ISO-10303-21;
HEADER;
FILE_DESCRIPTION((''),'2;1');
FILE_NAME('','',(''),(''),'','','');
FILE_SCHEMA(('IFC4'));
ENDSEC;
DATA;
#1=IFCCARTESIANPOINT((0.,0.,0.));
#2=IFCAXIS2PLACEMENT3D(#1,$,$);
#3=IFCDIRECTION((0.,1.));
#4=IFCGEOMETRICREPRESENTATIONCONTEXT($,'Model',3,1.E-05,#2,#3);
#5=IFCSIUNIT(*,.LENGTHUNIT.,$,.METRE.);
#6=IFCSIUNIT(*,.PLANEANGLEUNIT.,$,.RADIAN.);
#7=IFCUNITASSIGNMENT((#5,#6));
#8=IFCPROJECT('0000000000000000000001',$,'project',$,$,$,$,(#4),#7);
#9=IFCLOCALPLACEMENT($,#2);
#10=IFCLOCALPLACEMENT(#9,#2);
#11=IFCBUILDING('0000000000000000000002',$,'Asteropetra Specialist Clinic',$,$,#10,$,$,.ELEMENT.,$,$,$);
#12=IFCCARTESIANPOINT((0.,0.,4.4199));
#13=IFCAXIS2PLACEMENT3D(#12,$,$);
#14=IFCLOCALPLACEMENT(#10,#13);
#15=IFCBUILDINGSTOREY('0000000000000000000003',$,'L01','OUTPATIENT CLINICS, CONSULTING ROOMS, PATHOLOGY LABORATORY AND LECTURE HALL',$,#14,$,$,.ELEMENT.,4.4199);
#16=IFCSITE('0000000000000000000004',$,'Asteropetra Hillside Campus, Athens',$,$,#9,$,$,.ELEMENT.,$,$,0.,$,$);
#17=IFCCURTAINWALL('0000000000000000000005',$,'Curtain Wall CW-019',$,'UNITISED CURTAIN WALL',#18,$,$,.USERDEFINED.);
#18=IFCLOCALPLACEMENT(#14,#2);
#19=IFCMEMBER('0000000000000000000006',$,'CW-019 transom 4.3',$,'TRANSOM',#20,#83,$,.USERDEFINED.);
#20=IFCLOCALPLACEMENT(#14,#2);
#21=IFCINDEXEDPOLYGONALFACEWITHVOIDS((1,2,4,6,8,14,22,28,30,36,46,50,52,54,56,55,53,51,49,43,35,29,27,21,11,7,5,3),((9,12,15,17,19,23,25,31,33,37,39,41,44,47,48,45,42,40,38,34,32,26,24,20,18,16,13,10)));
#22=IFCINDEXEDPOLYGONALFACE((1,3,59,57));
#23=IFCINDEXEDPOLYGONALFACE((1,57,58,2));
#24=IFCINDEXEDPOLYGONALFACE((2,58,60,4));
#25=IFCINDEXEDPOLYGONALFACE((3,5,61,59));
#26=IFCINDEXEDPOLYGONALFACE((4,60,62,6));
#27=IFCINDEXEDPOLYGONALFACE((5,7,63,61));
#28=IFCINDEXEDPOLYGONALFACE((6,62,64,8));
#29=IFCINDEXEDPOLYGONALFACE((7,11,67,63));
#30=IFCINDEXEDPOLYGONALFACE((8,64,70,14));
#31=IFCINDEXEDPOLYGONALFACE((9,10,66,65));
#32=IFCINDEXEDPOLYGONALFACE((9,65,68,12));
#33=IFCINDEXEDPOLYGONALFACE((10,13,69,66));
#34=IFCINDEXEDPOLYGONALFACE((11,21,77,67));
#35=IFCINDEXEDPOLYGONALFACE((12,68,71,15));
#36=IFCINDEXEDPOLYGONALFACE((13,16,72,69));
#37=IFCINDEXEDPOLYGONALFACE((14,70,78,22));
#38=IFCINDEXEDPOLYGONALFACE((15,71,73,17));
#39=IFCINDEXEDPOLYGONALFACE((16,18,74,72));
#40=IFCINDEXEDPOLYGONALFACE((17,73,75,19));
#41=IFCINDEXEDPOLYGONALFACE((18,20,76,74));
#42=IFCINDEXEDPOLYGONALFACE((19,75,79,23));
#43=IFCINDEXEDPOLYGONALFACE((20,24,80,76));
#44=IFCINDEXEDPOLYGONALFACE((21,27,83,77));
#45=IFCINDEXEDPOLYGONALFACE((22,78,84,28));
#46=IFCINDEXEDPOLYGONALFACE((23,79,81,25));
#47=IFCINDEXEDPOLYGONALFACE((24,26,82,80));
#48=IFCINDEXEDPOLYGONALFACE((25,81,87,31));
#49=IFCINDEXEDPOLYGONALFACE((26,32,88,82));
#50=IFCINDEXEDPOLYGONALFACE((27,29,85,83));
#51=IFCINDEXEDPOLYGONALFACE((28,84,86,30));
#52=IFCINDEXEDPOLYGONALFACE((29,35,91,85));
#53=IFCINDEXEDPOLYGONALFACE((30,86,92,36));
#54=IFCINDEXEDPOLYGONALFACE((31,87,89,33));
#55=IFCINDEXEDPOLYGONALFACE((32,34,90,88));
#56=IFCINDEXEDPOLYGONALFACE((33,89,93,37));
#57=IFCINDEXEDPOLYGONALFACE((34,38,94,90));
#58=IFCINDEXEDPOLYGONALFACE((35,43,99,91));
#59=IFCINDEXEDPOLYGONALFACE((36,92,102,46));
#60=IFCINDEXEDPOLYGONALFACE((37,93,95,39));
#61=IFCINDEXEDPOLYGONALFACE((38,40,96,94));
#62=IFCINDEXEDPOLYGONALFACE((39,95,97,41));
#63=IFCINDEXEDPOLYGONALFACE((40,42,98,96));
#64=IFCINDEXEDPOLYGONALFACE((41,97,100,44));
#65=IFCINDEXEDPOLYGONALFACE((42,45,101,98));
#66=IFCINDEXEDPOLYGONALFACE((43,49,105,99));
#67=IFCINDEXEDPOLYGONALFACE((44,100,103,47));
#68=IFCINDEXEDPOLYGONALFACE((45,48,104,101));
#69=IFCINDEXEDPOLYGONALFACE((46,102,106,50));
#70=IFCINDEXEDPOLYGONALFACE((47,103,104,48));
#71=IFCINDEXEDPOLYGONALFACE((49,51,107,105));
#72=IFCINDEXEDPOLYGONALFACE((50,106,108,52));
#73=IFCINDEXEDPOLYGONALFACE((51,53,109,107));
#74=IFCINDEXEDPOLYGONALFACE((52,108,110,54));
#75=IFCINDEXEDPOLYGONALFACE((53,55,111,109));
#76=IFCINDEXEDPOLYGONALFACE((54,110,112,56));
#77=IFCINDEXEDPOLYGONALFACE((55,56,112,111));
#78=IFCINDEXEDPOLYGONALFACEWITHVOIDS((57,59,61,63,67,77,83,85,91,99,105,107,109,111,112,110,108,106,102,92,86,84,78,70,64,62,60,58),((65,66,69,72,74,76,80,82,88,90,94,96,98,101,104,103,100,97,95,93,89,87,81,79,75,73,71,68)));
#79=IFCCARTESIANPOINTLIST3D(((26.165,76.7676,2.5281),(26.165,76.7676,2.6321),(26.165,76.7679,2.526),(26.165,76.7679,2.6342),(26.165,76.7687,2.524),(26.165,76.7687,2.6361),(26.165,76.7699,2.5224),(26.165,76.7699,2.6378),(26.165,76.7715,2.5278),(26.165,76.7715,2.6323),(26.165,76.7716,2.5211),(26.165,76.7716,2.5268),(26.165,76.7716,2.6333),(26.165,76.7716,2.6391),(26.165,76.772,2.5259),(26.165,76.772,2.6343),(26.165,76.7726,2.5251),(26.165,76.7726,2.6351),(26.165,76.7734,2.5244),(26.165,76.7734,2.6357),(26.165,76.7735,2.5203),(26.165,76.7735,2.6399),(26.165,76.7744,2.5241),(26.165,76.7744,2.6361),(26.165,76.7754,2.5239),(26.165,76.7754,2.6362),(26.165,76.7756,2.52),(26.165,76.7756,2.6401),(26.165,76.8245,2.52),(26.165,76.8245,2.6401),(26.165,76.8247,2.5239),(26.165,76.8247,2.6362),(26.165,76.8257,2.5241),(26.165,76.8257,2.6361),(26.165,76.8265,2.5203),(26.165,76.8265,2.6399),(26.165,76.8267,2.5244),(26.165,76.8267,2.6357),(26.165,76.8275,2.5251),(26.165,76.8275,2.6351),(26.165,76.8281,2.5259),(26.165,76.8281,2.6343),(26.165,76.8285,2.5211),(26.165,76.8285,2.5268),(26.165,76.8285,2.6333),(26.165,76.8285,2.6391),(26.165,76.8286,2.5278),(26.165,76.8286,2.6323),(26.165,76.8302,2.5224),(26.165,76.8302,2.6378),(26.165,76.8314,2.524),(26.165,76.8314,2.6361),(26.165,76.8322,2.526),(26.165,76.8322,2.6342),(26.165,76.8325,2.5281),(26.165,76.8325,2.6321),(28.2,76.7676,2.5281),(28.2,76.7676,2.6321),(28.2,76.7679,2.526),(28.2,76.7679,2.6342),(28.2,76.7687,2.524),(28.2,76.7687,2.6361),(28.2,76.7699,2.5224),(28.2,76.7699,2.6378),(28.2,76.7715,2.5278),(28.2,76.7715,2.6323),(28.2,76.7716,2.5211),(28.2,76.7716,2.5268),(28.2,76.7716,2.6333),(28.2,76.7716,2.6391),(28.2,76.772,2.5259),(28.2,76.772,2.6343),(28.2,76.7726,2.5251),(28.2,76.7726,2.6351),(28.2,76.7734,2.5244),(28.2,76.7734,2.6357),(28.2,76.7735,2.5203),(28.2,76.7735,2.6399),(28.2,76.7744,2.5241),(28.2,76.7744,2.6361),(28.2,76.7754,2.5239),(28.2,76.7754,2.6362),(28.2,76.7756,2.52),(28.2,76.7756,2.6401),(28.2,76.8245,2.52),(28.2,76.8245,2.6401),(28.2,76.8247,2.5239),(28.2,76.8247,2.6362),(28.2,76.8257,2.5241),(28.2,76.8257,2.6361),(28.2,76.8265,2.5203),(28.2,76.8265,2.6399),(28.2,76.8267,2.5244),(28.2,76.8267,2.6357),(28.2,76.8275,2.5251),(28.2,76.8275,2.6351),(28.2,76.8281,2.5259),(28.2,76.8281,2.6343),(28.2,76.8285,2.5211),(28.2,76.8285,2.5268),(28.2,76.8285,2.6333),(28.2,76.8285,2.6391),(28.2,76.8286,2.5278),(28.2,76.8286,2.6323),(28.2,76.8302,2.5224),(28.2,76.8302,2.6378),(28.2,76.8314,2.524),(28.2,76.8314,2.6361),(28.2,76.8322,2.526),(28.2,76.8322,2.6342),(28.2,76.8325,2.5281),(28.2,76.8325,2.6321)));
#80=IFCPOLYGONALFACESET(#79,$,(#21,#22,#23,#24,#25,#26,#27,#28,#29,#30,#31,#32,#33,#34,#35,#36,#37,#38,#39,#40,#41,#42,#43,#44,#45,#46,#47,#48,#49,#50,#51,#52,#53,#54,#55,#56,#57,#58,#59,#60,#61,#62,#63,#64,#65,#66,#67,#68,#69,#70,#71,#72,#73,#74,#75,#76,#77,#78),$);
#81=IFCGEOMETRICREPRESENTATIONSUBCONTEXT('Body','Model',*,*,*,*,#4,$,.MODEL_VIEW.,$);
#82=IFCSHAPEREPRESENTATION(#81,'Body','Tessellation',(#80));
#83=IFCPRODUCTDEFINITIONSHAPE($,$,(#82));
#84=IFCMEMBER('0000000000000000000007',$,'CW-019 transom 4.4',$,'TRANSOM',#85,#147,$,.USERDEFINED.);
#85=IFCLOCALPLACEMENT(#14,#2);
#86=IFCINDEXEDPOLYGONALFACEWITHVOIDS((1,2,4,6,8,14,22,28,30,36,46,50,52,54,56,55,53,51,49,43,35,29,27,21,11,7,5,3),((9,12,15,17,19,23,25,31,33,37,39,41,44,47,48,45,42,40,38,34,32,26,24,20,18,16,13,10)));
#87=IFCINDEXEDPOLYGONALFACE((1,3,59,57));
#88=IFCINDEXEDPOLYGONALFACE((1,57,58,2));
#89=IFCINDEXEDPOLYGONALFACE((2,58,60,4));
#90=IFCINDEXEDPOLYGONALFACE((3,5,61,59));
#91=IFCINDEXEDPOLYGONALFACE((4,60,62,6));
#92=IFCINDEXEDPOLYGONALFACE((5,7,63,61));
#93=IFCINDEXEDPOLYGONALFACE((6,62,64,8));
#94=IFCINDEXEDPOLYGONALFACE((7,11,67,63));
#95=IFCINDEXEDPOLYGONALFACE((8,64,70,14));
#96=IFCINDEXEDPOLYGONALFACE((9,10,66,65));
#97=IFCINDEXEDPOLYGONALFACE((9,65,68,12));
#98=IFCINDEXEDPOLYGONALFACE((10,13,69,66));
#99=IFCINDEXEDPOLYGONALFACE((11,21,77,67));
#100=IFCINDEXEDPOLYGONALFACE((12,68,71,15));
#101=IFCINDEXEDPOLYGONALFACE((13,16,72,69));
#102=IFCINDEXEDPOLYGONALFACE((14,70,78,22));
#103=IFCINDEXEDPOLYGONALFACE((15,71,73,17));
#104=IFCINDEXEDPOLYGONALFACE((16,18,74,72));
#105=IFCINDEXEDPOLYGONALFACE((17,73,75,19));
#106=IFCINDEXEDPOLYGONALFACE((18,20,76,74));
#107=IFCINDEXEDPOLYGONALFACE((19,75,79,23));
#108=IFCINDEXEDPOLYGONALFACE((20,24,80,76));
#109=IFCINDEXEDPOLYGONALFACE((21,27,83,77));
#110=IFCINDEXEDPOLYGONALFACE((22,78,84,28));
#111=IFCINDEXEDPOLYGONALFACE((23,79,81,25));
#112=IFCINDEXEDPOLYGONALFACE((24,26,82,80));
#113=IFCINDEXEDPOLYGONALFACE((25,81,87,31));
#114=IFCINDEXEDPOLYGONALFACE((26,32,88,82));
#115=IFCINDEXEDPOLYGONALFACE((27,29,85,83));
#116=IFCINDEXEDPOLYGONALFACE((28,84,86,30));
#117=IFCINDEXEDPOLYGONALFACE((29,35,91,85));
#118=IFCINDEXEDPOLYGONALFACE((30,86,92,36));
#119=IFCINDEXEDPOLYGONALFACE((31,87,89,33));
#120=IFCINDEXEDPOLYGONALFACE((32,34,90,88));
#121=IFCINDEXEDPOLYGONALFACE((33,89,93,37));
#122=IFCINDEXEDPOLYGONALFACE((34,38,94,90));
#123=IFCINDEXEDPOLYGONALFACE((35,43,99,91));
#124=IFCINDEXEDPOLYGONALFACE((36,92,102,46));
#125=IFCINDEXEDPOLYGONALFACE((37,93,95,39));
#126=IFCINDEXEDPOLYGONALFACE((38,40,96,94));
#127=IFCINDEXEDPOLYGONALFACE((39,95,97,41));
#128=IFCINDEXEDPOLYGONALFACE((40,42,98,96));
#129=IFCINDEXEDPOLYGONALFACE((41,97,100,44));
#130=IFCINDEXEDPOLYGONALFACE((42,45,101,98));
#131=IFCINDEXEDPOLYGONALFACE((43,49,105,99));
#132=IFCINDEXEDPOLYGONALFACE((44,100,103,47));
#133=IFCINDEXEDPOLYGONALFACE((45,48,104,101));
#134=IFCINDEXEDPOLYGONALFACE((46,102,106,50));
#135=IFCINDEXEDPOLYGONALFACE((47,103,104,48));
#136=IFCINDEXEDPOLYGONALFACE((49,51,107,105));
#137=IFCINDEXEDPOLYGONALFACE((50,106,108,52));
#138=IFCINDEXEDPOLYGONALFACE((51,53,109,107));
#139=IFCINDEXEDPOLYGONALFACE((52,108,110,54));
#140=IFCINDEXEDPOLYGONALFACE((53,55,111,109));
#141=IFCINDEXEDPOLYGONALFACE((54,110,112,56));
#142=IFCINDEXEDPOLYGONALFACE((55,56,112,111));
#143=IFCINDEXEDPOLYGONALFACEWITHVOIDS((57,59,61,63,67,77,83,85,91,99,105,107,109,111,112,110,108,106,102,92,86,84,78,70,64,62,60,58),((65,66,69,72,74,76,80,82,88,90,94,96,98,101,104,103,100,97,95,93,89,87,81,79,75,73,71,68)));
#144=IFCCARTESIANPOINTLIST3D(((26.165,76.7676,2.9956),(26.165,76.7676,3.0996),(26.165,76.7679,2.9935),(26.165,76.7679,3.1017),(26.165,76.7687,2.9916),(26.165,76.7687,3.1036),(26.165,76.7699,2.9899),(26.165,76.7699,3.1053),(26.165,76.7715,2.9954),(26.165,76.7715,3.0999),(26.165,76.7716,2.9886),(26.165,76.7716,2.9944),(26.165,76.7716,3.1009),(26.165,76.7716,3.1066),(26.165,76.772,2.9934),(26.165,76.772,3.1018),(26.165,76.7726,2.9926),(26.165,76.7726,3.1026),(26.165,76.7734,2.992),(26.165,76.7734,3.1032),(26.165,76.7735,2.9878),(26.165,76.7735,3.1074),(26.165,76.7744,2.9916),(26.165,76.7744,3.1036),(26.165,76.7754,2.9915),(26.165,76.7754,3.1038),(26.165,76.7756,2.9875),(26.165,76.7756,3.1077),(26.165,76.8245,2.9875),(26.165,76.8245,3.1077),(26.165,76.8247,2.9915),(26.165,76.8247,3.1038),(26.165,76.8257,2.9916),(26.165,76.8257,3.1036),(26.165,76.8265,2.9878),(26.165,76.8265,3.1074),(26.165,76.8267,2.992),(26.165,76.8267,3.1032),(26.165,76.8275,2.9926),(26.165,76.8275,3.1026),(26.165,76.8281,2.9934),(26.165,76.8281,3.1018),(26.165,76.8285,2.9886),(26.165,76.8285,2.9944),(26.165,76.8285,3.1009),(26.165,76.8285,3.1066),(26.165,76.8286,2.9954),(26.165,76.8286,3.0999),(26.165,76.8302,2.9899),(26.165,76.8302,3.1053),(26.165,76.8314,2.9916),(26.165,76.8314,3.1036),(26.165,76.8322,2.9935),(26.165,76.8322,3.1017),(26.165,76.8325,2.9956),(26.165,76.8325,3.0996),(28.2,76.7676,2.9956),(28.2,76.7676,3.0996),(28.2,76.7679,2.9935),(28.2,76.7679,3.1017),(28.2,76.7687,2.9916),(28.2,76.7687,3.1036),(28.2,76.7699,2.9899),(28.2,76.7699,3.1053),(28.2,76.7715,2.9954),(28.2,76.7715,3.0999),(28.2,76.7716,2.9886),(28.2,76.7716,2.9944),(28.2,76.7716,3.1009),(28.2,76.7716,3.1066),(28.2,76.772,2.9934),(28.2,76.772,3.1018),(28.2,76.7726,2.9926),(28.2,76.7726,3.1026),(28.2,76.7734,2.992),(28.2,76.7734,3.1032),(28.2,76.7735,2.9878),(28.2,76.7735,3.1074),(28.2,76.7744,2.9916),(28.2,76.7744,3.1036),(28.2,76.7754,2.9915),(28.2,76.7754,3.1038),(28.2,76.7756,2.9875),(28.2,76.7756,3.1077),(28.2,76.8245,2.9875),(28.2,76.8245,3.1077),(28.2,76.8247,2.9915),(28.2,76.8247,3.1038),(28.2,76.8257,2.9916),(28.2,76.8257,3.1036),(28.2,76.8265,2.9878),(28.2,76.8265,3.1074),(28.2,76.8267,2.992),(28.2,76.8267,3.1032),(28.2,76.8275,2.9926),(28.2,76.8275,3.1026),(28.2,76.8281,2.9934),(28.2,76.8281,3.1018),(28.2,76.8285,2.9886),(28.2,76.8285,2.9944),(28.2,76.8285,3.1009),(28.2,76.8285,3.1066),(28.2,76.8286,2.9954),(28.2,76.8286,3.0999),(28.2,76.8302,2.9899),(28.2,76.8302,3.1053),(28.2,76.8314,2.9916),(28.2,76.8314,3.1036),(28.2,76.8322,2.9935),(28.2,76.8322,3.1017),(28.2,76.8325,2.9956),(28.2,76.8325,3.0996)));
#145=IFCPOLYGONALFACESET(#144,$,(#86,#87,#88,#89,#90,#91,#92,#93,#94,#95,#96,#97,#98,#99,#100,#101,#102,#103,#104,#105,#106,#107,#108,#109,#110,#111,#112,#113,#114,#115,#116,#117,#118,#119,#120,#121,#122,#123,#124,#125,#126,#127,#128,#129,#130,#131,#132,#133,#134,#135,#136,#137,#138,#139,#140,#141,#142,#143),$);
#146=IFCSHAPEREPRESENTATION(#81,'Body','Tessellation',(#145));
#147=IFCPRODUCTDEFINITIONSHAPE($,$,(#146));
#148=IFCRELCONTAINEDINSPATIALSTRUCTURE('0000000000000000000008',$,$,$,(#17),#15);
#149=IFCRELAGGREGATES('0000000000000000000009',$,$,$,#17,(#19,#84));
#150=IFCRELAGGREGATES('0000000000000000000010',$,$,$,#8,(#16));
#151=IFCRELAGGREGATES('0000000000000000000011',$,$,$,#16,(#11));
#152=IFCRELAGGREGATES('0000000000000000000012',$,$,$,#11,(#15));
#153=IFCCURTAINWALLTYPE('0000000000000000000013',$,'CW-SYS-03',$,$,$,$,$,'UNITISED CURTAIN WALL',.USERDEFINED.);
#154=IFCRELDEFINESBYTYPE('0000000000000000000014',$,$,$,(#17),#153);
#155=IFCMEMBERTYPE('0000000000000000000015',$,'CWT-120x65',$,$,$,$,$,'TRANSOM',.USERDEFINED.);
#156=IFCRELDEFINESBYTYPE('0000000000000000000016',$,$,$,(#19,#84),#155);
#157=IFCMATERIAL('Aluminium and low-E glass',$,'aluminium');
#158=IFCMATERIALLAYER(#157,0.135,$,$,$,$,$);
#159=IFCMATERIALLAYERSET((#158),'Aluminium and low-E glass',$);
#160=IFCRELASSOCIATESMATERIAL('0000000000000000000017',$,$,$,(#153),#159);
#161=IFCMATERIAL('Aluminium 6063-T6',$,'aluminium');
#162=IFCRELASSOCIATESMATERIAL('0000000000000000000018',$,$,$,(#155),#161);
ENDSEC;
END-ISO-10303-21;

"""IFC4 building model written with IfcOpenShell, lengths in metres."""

from ifc_helpers import new_model, si_unit, direction, frame, origin, origin_2d, place, context, subcontext, project, spatial, hollow_rectangle, extrude, material, layer, layer_set, material_profile, profile_set, type_object, element, aggregate, save


model = new_model("IFC4")

# Units and contexts
model_context = context("Model", 3, precision=1e-05, world=origin(), true_north=direction((0.0, 1.0)))
body_context = subcontext(model_context, "Body", "Model", "MODEL_VIEW")
ifc_project = project(units=[si_unit("LENGTHUNIT", "METRE"), si_unit("PLANEANGLEUNIT", "RADIAN")], contexts=[model_context])

# Site, building, storey
site_placement = place(None, origin())
site = spatial("IfcSite", under=ifc_project, at=site_placement, Name="Asteropetra Hillside Campus, Athens", CompositionType="ELEMENT", RefElevation=0.0)
building_placement = place(site_placement, origin())
building = spatial("IfcBuilding", under=site, at=building_placement, Name="Asteropetra Specialist Clinic", CompositionType="ELEMENT")
storey_placement = place(building_placement, frame((0.0, 0.0, 4.4199)))
storey = spatial("IfcBuildingStorey", under=building, at=storey_placement, Name="L01", Description="OUTPATIENT CLINICS, CONSULTING ROOMS, PATHOLOGY LABORATORY AND LECTURE HALL", CompositionType="ELEMENT", Elevation=4.4199)

# Curtain wall
ifc_material_1 = material(Name="Aluminium and low-E glass", Category="aluminium")
ifc_layer_1 = layer(ifc_material_1, 0.135)
ifc_layer_set_1 = layer_set([ifc_layer_1], Name="Aluminium and low-E glass")
curtain_wall_type_1 = type_object("IfcCurtainWallType", Name="CW-SYS-03", ElementType="UNITISED CURTAIN WALL", PredefinedType="USERDEFINED", material=ifc_layer_set_1)
curtain_wall_1_placement = place(storey_placement, origin())
curtain_wall_1 = element("IfcCurtainWall", 1, at=curtain_wall_1_placement, inside=storey, type_object=curtain_wall_type_1, Name="Curtain Wall CW-019", ObjectType="UNITISED CURTAIN WALL", PredefinedType="USERDEFINED")

# Members
ifc_material_2 = material(Name="Aluminium 6063-T6", Category="aluminium")
ifc_material_profile_1 = material_profile(ifc_material_2, hollow_rectangle(XDim=0.0649, YDim=0.1201, WallThickness=0.0039, InnerFilletRadius=0.0039, OuterFilletRadius=0.0081, at=origin_2d()), Name="TRN 120x65x4.0")
ifc_profile_set_1 = profile_set([ifc_material_profile_1], Name="Aluminium 6063-T6")
member_type_1 = type_object("IfcMemberType", Name="CWT-120x65", ElementType="TRANSOM", PredefinedType="USERDEFINED", material=ifc_profile_set_1)
member_1_placement = place(storey_placement, frame((26.165, 76.8, 2.5801), z_axis=(1.0, 0.0, 0.0), x_axis=(0.0, 1.0, 0.0)))
member_1 = element("IfcMember", 2, at=member_1_placement, type_object=member_type_1, Name="CW-019 transom 4.3", ObjectType="TRANSOM", PredefinedType="USERDEFINED", context=body_context, shape_type="SweptSolid", body=[
    extrude(hollow_rectangle(XDim=0.0649, YDim=0.1201, WallThickness=0.0039, InnerFilletRadius=0.0039, OuterFilletRadius=0.0081, at=origin_2d()), origin(), (0.0, 0.0, 1.0), 2.0349),
])
member_2_placement = place(storey_placement, frame((26.165, 76.8, 3.0476), z_axis=(1.0, 0.0, 0.0), x_axis=(0.0, 1.0, 0.0)))
member_2 = element("IfcMember", 3, at=member_2_placement, type_object=member_type_1, Name="CW-019 transom 4.4", ObjectType="TRANSOM", PredefinedType="USERDEFINED", context=body_context, shape_type="SweptSolid", body=[
    extrude(hollow_rectangle(XDim=0.0649, YDim=0.1201, WallThickness=0.0039, InnerFilletRadius=0.0039, OuterFilletRadius=0.0081, at=origin_2d()), origin(), (0.0, 0.0, 1.0), 2.0349),
])

aggregate(curtain_wall_1, [member_1, member_2])

save(model, "model.ifc")
